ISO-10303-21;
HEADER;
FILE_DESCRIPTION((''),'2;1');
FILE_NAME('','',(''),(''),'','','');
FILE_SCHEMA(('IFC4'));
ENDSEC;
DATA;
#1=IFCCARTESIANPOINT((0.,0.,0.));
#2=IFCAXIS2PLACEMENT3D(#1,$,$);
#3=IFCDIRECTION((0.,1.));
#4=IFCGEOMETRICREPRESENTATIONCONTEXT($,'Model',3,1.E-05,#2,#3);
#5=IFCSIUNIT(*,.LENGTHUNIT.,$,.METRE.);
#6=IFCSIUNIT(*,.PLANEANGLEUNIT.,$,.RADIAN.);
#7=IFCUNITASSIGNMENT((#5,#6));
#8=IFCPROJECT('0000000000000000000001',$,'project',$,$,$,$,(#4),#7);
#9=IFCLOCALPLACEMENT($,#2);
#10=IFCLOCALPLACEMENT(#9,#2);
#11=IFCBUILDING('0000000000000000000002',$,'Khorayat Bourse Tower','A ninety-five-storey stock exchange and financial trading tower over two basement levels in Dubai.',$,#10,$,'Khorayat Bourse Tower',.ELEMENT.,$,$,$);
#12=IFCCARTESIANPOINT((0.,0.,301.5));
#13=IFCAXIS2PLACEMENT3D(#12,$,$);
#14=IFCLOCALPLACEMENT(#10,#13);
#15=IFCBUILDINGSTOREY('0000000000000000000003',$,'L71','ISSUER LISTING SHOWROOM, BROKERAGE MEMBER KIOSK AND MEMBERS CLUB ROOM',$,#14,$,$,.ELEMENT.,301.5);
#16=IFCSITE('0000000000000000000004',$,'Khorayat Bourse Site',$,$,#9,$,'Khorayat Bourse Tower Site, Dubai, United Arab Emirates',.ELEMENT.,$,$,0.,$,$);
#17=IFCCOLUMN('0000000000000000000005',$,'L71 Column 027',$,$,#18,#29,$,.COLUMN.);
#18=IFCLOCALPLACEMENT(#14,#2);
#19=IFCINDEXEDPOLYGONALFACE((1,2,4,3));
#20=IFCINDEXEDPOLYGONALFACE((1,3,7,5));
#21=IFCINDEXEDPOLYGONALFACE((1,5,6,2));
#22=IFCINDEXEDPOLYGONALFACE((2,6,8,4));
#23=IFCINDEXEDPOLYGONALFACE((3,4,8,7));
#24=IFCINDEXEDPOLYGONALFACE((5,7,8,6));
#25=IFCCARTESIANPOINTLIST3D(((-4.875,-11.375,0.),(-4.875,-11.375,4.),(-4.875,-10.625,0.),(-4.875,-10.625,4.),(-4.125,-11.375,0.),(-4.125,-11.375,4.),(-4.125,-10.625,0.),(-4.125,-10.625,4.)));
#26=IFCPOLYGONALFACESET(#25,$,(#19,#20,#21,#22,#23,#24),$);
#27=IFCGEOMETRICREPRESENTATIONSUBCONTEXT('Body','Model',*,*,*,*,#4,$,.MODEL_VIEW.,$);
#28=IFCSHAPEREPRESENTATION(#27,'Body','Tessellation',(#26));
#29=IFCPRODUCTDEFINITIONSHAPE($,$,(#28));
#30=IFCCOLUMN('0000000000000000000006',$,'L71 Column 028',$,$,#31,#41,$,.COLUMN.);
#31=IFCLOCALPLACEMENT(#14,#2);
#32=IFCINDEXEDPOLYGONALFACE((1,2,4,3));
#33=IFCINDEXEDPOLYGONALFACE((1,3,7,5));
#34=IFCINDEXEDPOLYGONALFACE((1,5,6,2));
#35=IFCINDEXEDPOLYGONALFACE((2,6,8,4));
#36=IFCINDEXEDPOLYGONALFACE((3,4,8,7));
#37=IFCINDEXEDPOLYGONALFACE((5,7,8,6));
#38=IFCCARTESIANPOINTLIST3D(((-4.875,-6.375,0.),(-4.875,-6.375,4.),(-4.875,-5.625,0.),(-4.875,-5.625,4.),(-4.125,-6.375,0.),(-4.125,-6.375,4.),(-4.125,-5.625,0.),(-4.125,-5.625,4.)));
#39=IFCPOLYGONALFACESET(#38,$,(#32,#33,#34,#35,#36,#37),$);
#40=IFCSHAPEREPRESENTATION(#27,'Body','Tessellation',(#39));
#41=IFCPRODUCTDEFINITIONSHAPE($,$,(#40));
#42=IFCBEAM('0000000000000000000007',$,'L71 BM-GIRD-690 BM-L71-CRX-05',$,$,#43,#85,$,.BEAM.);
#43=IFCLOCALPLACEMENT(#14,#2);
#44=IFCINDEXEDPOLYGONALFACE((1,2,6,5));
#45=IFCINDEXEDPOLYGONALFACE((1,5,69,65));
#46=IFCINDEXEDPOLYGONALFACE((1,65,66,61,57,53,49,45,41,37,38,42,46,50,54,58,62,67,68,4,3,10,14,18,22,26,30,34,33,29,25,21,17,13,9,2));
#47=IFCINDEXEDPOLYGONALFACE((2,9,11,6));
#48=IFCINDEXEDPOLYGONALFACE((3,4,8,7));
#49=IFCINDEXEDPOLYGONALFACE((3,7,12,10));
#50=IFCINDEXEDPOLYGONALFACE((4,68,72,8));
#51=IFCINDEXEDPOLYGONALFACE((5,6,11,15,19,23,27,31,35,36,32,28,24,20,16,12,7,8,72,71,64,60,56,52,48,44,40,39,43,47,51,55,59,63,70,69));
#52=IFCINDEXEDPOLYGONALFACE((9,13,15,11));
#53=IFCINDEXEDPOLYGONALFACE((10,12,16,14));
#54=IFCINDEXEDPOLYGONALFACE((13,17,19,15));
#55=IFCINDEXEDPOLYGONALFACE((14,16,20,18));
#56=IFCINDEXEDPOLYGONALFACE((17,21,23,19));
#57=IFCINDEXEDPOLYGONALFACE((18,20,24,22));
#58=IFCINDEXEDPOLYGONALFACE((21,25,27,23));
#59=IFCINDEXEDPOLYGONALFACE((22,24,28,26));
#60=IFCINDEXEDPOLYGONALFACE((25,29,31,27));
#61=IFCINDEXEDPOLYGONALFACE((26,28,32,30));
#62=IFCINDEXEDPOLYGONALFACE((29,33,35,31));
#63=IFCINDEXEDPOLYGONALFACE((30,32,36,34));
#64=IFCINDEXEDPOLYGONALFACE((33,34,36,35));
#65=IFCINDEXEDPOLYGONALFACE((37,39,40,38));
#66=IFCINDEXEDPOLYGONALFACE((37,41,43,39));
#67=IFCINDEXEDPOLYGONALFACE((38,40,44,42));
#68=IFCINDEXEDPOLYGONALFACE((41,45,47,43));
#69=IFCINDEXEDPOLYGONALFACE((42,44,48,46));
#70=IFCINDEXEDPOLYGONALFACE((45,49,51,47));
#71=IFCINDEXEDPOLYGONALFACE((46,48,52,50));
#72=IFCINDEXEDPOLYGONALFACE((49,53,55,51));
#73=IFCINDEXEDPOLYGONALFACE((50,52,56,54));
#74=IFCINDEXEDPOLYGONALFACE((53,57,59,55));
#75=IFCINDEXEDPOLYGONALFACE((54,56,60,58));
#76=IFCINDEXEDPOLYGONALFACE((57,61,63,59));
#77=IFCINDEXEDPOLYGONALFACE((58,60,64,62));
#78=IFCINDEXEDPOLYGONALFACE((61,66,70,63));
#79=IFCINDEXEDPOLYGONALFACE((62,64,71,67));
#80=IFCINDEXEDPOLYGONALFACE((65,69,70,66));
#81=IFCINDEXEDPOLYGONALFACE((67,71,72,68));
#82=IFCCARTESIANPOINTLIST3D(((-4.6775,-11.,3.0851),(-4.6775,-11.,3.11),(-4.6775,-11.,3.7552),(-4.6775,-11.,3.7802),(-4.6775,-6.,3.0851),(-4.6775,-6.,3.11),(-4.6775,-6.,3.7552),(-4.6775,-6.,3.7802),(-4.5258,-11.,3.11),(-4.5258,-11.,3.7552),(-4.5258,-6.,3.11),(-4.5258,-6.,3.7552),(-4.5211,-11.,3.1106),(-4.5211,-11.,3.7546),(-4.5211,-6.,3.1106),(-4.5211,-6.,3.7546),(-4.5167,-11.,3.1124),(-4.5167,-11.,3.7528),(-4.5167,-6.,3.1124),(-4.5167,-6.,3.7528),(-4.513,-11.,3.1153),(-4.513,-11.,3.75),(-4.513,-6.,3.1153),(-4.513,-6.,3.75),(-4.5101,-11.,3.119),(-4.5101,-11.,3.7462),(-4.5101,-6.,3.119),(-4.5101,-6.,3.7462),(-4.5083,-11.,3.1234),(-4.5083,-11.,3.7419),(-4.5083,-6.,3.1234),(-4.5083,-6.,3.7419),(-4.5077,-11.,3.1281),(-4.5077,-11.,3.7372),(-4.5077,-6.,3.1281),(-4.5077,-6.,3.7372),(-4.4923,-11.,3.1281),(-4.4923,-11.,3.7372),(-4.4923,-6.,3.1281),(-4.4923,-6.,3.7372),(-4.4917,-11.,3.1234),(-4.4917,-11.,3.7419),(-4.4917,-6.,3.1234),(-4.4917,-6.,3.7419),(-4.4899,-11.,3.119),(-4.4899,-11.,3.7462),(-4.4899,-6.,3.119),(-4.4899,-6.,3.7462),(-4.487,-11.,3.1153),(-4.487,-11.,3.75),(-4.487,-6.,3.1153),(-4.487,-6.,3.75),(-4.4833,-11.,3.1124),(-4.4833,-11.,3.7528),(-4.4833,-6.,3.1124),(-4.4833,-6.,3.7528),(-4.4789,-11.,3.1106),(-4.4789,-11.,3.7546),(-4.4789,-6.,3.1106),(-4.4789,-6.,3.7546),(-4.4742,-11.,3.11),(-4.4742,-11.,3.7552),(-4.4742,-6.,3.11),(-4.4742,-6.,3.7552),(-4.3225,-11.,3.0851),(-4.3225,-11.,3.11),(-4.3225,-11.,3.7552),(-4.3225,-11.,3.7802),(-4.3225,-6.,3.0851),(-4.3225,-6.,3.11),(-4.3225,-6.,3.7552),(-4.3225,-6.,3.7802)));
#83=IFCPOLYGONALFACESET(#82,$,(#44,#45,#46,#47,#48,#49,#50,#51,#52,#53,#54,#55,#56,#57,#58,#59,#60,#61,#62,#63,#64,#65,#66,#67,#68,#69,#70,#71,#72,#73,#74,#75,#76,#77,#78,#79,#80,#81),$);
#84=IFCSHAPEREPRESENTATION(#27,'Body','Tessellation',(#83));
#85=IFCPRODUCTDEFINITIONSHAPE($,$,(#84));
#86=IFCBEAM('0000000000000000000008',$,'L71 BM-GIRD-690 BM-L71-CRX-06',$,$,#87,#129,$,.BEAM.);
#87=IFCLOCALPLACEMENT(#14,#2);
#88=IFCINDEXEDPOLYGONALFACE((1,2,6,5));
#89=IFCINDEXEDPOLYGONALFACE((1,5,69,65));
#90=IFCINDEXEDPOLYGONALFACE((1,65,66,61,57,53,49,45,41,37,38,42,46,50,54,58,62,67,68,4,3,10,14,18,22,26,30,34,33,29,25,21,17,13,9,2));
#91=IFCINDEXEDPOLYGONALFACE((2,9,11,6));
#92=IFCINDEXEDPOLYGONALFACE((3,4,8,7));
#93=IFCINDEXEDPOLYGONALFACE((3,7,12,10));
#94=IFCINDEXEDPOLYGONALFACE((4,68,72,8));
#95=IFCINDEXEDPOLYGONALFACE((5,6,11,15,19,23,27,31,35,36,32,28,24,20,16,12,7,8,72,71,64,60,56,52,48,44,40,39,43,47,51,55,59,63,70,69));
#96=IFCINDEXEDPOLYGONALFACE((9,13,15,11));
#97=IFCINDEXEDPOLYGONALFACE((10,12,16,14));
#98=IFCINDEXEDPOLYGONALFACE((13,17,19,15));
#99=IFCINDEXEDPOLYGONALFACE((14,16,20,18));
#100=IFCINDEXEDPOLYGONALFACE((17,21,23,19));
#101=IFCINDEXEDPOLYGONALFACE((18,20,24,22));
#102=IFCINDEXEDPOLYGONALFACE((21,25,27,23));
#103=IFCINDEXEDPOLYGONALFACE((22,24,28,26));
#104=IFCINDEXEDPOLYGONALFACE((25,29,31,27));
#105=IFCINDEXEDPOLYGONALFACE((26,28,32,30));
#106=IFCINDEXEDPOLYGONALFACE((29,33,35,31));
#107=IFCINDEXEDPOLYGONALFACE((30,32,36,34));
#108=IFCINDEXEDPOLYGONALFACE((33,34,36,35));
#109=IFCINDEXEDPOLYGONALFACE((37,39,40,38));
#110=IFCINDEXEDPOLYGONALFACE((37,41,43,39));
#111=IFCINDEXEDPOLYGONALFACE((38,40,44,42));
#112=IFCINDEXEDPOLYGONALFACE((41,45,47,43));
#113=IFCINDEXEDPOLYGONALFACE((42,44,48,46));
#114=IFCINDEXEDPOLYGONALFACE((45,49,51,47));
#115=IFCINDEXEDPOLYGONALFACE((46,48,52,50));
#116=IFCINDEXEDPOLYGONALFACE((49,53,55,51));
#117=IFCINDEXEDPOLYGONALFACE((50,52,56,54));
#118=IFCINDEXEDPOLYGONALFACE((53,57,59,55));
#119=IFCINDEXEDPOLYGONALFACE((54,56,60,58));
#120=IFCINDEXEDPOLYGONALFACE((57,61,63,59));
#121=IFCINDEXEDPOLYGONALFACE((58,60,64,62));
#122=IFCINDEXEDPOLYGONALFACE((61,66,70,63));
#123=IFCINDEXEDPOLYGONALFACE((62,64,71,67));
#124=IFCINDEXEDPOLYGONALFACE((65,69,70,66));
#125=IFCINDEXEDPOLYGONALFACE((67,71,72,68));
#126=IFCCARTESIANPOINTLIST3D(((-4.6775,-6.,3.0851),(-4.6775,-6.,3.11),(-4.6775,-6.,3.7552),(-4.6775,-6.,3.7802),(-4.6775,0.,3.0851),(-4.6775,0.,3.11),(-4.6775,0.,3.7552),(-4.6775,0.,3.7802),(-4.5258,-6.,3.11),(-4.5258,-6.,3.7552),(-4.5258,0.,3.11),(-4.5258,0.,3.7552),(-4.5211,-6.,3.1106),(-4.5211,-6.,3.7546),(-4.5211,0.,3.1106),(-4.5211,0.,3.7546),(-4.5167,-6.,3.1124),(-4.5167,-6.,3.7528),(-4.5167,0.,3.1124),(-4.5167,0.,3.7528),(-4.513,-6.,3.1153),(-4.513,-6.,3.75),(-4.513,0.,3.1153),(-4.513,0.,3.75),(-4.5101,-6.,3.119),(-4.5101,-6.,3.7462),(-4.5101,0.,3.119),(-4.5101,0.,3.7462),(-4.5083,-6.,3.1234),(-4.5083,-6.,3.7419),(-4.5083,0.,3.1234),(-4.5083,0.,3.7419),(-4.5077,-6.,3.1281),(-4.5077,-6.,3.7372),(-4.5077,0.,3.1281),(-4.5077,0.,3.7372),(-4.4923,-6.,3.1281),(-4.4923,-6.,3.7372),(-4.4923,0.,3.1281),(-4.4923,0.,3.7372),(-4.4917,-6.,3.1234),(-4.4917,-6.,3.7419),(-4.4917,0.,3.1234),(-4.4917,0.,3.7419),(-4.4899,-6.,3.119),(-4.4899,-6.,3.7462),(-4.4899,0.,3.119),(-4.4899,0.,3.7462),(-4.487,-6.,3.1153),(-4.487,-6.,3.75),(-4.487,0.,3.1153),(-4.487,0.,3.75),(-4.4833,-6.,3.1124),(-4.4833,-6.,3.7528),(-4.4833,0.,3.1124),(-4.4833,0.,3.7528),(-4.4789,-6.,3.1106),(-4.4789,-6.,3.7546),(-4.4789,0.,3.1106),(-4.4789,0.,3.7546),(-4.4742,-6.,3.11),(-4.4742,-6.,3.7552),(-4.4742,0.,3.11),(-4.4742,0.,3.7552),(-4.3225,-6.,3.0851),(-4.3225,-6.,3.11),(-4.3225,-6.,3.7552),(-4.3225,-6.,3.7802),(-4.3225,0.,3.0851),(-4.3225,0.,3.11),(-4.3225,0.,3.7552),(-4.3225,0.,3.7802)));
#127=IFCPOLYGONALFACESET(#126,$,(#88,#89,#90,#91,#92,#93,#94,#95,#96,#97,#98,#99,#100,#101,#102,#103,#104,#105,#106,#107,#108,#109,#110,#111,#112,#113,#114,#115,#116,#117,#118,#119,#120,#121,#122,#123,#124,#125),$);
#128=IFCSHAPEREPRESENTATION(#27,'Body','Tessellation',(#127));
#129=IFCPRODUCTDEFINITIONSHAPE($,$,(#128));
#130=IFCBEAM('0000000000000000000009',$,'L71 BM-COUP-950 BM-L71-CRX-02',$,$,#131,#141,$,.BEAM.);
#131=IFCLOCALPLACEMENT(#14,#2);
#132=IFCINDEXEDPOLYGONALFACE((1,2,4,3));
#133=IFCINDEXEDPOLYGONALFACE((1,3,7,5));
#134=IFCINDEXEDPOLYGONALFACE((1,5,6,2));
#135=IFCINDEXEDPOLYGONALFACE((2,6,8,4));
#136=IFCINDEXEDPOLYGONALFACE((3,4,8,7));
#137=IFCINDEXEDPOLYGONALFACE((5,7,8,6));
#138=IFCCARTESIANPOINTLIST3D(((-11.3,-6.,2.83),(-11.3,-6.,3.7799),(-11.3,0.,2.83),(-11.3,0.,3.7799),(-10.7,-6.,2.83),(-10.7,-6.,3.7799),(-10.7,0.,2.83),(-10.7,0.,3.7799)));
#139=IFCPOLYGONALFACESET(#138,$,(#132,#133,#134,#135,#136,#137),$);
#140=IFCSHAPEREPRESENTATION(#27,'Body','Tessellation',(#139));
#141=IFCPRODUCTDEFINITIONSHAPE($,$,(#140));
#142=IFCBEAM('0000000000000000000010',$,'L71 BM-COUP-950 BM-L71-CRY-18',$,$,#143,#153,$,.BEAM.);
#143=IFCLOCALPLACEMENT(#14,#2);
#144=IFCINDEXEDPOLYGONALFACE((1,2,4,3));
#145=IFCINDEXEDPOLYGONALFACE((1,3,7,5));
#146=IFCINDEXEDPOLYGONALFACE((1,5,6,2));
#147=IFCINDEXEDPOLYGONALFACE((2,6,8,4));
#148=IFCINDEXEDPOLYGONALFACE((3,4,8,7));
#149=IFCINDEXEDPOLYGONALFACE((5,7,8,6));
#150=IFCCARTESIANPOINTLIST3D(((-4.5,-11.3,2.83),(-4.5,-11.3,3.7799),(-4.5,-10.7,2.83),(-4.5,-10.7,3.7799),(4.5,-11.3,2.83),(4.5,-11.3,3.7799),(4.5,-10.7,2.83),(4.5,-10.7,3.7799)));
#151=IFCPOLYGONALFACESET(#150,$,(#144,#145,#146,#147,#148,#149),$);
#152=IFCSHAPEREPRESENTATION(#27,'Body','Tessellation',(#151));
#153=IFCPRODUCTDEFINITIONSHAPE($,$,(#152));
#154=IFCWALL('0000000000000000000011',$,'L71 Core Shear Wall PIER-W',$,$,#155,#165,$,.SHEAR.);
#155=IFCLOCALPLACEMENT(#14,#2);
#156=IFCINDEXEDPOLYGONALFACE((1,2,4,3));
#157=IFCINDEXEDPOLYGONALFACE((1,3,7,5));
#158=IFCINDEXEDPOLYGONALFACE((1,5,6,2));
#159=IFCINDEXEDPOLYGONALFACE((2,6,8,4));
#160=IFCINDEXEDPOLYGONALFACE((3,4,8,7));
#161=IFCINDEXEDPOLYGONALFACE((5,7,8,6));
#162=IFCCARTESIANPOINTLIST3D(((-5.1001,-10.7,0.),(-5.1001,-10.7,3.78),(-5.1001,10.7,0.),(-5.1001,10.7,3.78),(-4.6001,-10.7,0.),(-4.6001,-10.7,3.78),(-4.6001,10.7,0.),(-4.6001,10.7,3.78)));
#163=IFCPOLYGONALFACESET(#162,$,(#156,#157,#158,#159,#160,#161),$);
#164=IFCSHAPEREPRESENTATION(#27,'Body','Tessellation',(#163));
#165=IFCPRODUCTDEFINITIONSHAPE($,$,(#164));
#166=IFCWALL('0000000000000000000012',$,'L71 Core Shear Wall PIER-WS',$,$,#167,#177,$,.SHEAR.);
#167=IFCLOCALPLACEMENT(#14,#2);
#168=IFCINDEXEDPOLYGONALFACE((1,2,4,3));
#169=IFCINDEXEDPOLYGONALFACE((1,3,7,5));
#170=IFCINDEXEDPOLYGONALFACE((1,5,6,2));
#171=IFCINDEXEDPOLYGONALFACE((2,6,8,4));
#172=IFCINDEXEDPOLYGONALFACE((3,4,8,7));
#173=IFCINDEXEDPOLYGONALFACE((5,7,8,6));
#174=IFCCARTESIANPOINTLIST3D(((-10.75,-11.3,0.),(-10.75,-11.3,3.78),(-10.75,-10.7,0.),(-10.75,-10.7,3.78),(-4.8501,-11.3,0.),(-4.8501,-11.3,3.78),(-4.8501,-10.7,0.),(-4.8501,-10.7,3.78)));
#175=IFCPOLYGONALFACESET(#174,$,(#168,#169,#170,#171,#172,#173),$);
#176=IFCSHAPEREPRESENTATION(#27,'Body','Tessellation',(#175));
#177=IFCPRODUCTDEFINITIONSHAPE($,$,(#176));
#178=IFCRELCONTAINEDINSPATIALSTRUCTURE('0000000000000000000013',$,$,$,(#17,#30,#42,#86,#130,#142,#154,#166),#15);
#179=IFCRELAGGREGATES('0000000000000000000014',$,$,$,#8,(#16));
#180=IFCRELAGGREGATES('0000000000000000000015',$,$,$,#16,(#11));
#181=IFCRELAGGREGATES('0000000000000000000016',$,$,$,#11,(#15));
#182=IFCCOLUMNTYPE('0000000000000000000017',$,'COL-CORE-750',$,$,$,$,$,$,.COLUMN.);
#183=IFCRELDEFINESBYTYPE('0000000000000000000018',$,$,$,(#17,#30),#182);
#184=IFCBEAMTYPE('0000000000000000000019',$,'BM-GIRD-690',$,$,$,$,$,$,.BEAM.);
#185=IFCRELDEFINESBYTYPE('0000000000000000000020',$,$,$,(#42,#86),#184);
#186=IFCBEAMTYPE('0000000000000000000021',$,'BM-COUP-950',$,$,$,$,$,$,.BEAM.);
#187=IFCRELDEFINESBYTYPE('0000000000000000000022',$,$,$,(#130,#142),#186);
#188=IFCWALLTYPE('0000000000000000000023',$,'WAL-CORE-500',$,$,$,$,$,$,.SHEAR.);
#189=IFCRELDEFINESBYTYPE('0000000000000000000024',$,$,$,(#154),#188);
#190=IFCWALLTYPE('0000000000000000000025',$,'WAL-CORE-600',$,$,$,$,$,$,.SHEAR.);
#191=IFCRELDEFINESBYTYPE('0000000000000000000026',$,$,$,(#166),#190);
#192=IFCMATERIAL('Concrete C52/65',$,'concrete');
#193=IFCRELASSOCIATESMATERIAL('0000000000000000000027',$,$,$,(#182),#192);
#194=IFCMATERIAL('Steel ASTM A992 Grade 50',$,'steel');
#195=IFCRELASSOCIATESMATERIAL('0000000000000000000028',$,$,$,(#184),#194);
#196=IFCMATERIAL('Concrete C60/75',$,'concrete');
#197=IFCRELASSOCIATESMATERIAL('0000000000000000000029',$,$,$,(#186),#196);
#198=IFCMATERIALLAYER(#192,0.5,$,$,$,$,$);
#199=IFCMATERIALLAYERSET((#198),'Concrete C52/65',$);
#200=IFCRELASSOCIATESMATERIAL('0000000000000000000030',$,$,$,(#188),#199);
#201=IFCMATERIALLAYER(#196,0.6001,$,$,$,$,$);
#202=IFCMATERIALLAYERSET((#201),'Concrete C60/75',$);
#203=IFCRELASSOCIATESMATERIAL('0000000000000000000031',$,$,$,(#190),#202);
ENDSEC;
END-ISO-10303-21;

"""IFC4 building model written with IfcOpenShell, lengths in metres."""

from ifc_helpers import new_model, si_unit, direction, frame, frame_2d, origin, origin_2d, place, context, subcontext, project, spatial, rectangle, i_section, extrude, source, transform, mapped, material, layer, layer_set, material_profile, profile_set, type_object, element, save


model = new_model("IFC4")

# Units and contexts
model_context = context("Model", 3, precision=1e-05, world=origin(), true_north=direction((0.0, 1.0)))
body_context = subcontext(model_context, "Body", "Model", "MODEL_VIEW")
ifc_project = project(units=[si_unit("LENGTHUNIT", "METRE"), si_unit("PLANEANGLEUNIT", "RADIAN")], contexts=[model_context])

# Site, building, storey
site_placement = place(None, origin())
site = spatial("IfcSite", under=ifc_project, at=site_placement, Name="Khorayat Bourse Site", LongName="Khorayat Bourse Tower Site, Dubai, United Arab Emirates", CompositionType="ELEMENT", RefElevation=0.0)
building_placement = place(site_placement, origin())
building = spatial("IfcBuilding", under=site, at=building_placement, Name="Khorayat Bourse Tower", Description="A ninety-five-storey stock exchange and financial trading tower over two basement levels in Dubai.", LongName="Khorayat Bourse Tower", CompositionType="ELEMENT")
storey_placement = place(building_placement, frame((0.0, 0.0, 301.5)))
storey = spatial("IfcBuildingStorey", under=building, at=storey_placement, Name="L71", Description="ISSUER LISTING SHOWROOM, BROKERAGE MEMBER KIOSK AND MEMBERS CLUB ROOM", CompositionType="ELEMENT", Elevation=301.5)

# Columns
ifc_material_1 = material(Name="Concrete C52/65", Category="concrete")
ifc_material_profile_1 = material_profile(ifc_material_1, rectangle(XDim=0.75, YDim=0.75, at=origin_2d()), Name="RC 750x750")
ifc_profile_set_1 = profile_set([ifc_material_profile_1], Name="Concrete C52/65")
column_type = type_object("IfcColumnType", Name="COL-CORE-750", PredefinedType="COLUMN", material=ifc_profile_set_1)
shared_shape_1 = source(origin(), body_context, "Body", "SweptSolid", [
    extrude(rectangle(XDim=0.75, YDim=0.75, at=origin_2d()), origin(), (0.0, 0.0, 1.0), 4.0),
])
for number, where, z_axis, x_axis, name in (
    (1, (-4.5, -11.0, 0.0), (0.0, 0.0, 1.0), (1.0, 0.0, 0.0), "L71 Column 027"),
    (2, (-4.5, -6.0, 0.0), (0.0, 0.0, 1.0), (1.0, 0.0, 0.0), "L71 Column 028"),
):
    element("IfcColumn", number, at=place(storey_placement, frame(where, z_axis=z_axis, x_axis=x_axis)), inside=storey, type_object=column_type, Name=name, PredefinedType="COLUMN", context=body_context, shape_type="MappedRepresentation", body=[
        mapped(shared_shape_1, transform((0.0, 0.0, 0.0), scale=1.0)),
    ])

# Beams
ifc_material_2 = material(Name="Steel ASTM A992 Grade 50", Category="steel")
ifc_material_profile_2 = material_profile(ifc_material_2, i_section(OverallWidth=0.355, OverallDepth=0.6951, WebThickness=0.0154, FlangeThickness=0.0249, FilletRadius=0.0181, at=origin_2d()), Name="W690X217")
ifc_profile_set_2 = profile_set([ifc_material_profile_2], Name="Steel ASTM A992 Grade 50")
beam_type_1 = type_object("IfcBeamType", Name="BM-GIRD-690", PredefinedType="BEAM", material=ifc_profile_set_2)
shared_shape_2 = source(origin(), body_context, "Body", "SweptSolid", [
    extrude(i_section(OverallWidth=0.355, OverallDepth=0.6951, WebThickness=0.0154, FlangeThickness=0.0249, FilletRadius=0.0181, at=origin_2d()), origin(), (0.0, 0.0, 1.0), 5.0),
])
beam_1_placement = place(storey_placement, frame((-4.5, -11.0, 3.4326), z_axis=(0.0, 1.0, 0.0), x_axis=(-1.0, 0.0, 0.0)))
element("IfcBeam", 3, at=beam_1_placement, inside=storey, type_object=beam_type_1, Name="L71 BM-GIRD-690 BM-L71-CRX-05", PredefinedType="BEAM", context=body_context, shape_type="MappedRepresentation", body=[
    mapped(shared_shape_2, transform((0.0, 0.0, 0.0), scale=1.0)),
])
shared_shape_3 = source(origin(), body_context, "Body", "SweptSolid", [
    extrude(i_section(OverallWidth=0.355, OverallDepth=0.6951, WebThickness=0.0154, FlangeThickness=0.0249, FilletRadius=0.0181, at=origin_2d()), origin(), (0.0, 0.0, 1.0), 6.0),
])
beam_2_placement = place(storey_placement, frame((-4.5, -6.0, 3.4326), z_axis=(0.0, 1.0, 0.0), x_axis=(-1.0, 0.0, 0.0)))
element("IfcBeam", 4, at=beam_2_placement, inside=storey, type_object=beam_type_1, Name="L71 BM-GIRD-690 BM-L71-CRX-06", PredefinedType="BEAM", context=body_context, shape_type="MappedRepresentation", body=[
    mapped(shared_shape_3, transform((0.0, 0.0, 0.0), scale=1.0)),
])
ifc_material_3 = material(Name="Concrete C60/75", Category="concrete")
ifc_material_profile_3 = material_profile(ifc_material_3, rectangle(XDim=0.6001, YDim=0.95, at=origin_2d()), Name="RC 600x950")
ifc_profile_set_3 = profile_set([ifc_material_profile_3], Name="Concrete C60/75")
beam_type_2 = type_object("IfcBeamType", Name="BM-COUP-950", PredefinedType="BEAM", material=ifc_profile_set_3)
shared_shape_4 = source(origin(), body_context, "Body", "SweptSolid", [
    extrude(rectangle(XDim=0.6001, YDim=0.95, at=origin_2d()), origin(), (0.0, 0.0, 1.0), 6.0),
])
beam_3_placement = place(storey_placement, frame((-11.0, -6.0, 3.3049), z_axis=(0.0, 1.0, 0.0), x_axis=(-1.0, 0.0, 0.0)))
element("IfcBeam", 5, at=beam_3_placement, inside=storey, type_object=beam_type_2, Name="L71 BM-COUP-950 BM-L71-CRX-02", PredefinedType="BEAM", context=body_context, shape_type="MappedRepresentation", body=[
    mapped(shared_shape_4, transform((0.0, 0.0, 0.0), scale=1.0)),
])
shared_shape_5 = source(origin(), body_context, "Body", "SweptSolid", [
    extrude(rectangle(XDim=0.6001, YDim=0.95, at=origin_2d()), origin(), (0.0, 0.0, 1.0), 9.0),
])
beam_4_placement = place(storey_placement, frame((-4.5, -11.0, 3.3049), z_axis=(1.0, 0.0, 0.0), x_axis=(0.0, 1.0, 0.0)))
element("IfcBeam", 6, at=beam_4_placement, inside=storey, type_object=beam_type_2, Name="L71 BM-COUP-950 BM-L71-CRY-18", PredefinedType="BEAM", context=body_context, shape_type="MappedRepresentation", body=[
    mapped(shared_shape_5, transform((0.0, 0.0, 0.0), scale=1.0)),
])

# Walls
ifc_layer_1 = layer(ifc_material_1, 0.5)
ifc_layer_set_1 = layer_set([ifc_layer_1], Name="Concrete C52/65")
wall_type_1 = type_object("IfcWallType", Name="WAL-CORE-500", PredefinedType="SHEAR", material=ifc_layer_set_1)
shared_shape_6 = source(origin(), body_context, "Body", "SweptSolid", [
    extrude(rectangle(XDim=21.3999, YDim=0.5, at=frame_2d((10.7, 0.0))), origin(), (0.0, 0.0, 1.0), 3.78),
])
wall_1_placement = place(storey_placement, frame((-4.8501, -10.7, 0.0), z_axis=(0.0, 0.0, 1.0), x_axis=(0.0, 1.0, 0.0)))
element("IfcWall", 7, at=wall_1_placement, inside=storey, type_object=wall_type_1, Name="L71 Core Shear Wall PIER-W", PredefinedType="SHEAR", context=body_context, shape_type="MappedRepresentation", body=[
    mapped(shared_shape_6, transform((0.0, 0.0, 0.0), scale=1.0)),
])
ifc_layer_2 = layer(ifc_material_3, 0.6001)
ifc_layer_set_2 = layer_set([ifc_layer_2], Name="Concrete C60/75")
wall_type_2 = type_object("IfcWallType", Name="WAL-CORE-600", PredefinedType="SHEAR", material=ifc_layer_set_2)
shared_shape_7 = source(origin(), body_context, "Body", "SweptSolid", [
    extrude(rectangle(XDim=5.8999, YDim=0.6001, at=frame_2d((2.95, 0.0))), origin(), (0.0, 0.0, 1.0), 3.78),
])
wall_2_placement = place(storey_placement, frame((-10.75, -11.0, 0.0), z_axis=(0.0, 0.0, 1.0), x_axis=(1.0, 0.0, 0.0)))
element("IfcWall", 8, at=wall_2_placement, inside=storey, type_object=wall_type_2, Name="L71 Core Shear Wall PIER-WS", PredefinedType="SHEAR", context=body_context, shape_type="MappedRepresentation", body=[
    mapped(shared_shape_7, transform((0.0, 0.0, 0.0), scale=1.0)),
])

save(model, "model.ifc")
